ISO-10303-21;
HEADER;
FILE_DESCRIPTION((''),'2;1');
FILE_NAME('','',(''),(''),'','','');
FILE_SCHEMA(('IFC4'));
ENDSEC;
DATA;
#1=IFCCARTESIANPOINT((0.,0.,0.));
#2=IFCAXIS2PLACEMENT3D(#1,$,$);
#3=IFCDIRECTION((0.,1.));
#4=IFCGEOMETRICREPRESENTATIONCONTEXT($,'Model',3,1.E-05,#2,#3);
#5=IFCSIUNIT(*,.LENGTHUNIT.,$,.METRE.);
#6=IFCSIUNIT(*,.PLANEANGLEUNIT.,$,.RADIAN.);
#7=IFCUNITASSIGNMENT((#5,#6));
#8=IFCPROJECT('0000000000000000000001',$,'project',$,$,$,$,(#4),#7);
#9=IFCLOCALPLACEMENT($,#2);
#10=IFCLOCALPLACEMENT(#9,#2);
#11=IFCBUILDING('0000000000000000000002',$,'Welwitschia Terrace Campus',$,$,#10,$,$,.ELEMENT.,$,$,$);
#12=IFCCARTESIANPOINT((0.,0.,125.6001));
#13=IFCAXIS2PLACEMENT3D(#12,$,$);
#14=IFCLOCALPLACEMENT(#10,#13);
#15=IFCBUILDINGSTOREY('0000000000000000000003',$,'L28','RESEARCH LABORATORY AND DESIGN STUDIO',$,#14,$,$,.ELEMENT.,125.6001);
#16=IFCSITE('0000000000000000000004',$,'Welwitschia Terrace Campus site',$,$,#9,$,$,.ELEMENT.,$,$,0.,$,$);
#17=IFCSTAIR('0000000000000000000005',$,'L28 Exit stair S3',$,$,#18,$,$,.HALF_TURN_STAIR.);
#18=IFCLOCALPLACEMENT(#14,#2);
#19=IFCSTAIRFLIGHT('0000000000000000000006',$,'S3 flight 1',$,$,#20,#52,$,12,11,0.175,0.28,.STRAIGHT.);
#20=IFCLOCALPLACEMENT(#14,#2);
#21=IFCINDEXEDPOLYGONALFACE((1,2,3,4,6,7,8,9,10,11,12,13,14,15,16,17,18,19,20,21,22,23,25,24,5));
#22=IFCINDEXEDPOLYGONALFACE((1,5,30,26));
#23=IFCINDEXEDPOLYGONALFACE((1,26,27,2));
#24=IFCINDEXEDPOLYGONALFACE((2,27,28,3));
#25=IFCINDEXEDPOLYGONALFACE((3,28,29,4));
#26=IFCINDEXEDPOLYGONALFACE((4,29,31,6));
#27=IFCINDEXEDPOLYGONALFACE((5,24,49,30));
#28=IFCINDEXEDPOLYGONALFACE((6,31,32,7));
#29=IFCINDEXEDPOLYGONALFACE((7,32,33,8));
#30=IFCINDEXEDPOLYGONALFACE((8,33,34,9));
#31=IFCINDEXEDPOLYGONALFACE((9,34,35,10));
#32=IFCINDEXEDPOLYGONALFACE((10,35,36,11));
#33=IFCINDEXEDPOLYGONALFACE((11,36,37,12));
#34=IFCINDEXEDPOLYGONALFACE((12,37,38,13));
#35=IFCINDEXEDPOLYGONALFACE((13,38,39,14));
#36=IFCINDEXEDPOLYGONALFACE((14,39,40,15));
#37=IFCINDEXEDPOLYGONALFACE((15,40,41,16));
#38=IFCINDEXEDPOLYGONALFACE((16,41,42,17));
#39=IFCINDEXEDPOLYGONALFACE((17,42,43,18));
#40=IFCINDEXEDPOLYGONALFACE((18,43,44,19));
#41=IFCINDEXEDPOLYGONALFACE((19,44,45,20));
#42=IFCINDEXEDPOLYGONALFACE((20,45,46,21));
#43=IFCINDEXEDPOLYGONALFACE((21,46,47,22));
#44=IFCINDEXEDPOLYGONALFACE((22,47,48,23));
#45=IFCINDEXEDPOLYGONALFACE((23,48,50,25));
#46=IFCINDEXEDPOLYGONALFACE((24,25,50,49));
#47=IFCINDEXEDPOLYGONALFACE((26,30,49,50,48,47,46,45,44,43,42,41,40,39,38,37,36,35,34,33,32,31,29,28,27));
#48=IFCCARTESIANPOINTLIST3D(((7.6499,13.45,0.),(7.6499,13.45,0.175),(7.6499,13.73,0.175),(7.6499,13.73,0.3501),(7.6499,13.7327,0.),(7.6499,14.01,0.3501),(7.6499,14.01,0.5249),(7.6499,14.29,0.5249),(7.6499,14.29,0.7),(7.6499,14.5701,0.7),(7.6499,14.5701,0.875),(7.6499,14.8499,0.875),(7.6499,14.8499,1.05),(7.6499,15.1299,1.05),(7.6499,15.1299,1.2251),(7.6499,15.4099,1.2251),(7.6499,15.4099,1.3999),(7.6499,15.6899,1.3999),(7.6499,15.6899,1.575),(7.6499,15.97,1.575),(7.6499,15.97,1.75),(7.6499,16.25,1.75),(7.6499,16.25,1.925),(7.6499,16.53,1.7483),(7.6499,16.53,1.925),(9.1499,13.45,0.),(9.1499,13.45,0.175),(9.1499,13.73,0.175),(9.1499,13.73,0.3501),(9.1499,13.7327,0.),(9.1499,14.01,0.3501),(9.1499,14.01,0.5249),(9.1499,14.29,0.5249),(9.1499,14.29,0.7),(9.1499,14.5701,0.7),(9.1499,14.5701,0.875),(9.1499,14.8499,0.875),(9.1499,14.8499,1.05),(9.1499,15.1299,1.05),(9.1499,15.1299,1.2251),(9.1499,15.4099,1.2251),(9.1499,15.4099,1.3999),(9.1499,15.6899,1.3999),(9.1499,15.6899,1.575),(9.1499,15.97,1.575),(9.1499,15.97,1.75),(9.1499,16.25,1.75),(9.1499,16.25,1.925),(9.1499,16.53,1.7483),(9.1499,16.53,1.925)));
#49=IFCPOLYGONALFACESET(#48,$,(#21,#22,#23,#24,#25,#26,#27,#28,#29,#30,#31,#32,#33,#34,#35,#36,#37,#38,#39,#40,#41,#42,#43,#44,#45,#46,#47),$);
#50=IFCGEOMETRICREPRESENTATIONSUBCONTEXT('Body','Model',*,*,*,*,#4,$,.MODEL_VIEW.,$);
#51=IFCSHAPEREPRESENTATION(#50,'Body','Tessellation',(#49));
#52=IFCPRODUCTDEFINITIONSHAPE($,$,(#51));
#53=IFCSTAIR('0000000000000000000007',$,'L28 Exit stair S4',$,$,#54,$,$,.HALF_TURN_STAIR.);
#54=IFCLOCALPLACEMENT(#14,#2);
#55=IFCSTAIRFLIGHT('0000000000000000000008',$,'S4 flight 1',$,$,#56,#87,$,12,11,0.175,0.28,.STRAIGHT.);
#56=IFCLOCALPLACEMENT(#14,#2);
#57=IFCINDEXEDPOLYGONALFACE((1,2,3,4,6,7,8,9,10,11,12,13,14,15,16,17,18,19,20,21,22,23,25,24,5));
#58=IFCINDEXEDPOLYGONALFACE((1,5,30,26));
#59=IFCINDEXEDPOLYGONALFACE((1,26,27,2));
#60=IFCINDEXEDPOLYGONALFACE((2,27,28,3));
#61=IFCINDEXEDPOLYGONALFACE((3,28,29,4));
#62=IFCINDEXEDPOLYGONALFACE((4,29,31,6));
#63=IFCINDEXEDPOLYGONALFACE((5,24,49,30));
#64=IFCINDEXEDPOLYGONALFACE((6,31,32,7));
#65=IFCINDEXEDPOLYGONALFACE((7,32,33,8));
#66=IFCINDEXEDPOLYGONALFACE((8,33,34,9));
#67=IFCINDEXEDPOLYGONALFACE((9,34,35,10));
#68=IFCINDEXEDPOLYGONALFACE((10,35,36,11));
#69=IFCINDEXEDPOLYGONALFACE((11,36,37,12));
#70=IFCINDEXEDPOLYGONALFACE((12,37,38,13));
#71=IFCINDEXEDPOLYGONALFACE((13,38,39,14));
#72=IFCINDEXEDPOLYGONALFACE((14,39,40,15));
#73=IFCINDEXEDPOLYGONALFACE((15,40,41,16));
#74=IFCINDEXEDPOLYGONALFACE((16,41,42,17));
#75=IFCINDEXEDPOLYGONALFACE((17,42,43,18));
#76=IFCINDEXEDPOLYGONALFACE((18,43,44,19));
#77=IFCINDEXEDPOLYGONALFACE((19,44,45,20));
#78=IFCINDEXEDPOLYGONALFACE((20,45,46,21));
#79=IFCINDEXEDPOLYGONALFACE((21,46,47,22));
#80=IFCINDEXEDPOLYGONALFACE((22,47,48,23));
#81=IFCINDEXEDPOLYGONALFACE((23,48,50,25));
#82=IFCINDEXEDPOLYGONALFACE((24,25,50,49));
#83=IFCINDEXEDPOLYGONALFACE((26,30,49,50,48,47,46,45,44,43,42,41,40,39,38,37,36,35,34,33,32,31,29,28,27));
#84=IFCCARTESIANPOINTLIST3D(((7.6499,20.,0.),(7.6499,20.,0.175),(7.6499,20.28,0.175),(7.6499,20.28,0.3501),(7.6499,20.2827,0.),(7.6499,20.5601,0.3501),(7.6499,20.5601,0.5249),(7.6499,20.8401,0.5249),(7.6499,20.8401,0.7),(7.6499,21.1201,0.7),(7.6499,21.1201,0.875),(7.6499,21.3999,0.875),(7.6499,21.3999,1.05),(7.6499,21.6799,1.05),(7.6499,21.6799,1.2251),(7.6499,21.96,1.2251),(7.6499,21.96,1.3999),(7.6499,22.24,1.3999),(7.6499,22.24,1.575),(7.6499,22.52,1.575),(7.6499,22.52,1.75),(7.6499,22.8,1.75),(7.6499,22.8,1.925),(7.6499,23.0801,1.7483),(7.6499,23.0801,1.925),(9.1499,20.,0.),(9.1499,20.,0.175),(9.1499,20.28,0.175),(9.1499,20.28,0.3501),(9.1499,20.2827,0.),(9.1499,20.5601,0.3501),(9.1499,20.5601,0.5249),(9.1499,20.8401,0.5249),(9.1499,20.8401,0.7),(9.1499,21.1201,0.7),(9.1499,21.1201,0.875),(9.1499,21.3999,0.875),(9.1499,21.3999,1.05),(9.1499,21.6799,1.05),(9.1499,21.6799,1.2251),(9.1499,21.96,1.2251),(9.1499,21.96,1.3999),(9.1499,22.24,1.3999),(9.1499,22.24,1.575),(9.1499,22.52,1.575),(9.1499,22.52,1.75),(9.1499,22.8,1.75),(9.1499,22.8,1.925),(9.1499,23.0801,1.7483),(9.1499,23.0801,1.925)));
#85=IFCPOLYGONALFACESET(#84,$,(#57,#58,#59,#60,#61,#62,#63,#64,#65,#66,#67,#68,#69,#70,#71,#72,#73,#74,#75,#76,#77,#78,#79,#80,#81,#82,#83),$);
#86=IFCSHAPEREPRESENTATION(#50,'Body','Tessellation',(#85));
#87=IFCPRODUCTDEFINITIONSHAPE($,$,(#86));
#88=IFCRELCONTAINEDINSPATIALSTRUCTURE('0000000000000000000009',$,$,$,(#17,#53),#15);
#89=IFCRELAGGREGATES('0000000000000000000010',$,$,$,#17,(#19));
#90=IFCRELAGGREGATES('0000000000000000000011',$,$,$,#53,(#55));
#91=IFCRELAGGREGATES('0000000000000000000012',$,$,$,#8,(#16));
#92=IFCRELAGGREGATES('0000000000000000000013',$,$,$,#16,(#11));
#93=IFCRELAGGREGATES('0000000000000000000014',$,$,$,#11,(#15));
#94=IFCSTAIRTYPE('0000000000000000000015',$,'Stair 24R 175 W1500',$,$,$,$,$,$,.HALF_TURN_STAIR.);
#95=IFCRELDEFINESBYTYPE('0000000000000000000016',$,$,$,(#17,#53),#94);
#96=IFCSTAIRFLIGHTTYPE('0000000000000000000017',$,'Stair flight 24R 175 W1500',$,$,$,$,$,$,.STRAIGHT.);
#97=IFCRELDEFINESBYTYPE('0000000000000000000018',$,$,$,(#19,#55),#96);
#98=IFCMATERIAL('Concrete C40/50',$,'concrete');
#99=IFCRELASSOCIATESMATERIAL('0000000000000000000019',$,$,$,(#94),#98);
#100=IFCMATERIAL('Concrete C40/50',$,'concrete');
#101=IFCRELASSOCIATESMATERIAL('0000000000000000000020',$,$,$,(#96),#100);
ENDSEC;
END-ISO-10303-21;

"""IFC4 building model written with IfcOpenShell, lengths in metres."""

from ifc_helpers import new_model, si_unit, direction, frame, origin, place, context, subcontext, project, spatial, polyline, outline, extrude, material, type_object, element, aggregate, save


model = new_model("IFC4")

# Units and contexts
model_context = context("Model", 3, precision=1e-05, world=origin(), true_north=direction((0.0, 1.0)))
body_context = subcontext(model_context, "Body", "Model", "MODEL_VIEW")
ifc_project = project(units=[si_unit("LENGTHUNIT", "METRE"), si_unit("PLANEANGLEUNIT", "RADIAN")], contexts=[model_context])

# Site, building, storey
site_placement = place(None, origin())
site = spatial("IfcSite", under=ifc_project, at=site_placement, Name="Welwitschia Terrace Campus site", CompositionType="ELEMENT", RefElevation=0.0)
building_placement = place(site_placement, origin())
building = spatial("IfcBuilding", under=site, at=building_placement, Name="Welwitschia Terrace Campus", CompositionType="ELEMENT")
storey_placement = place(building_placement, frame((0.0, 0.0, 125.6001)))
storey = spatial("IfcBuildingStorey", under=building, at=storey_placement, Name="L28", Description="RESEARCH LABORATORY AND DESIGN STUDIO", CompositionType="ELEMENT", Elevation=125.6001)

# Stairs, stair flights
ifc_material_1 = material(Name="Concrete C40/50", Category="concrete")
stair_type = type_object("IfcStairType", Name="Stair 24R 175 W1500", PredefinedType="HALF_TURN_STAIR", material=ifc_material_1)
stair_1_placement = place(storey_placement, origin())
stair_1 = element("IfcStair", 1, at=stair_1_placement, inside=storey, type_object=stair_type, Name="L28 Exit stair S3", PredefinedType="HALF_TURN_STAIR")
ifc_material_2 = material(Name="Concrete C40/50", Category="concrete")
stair_flight_type = type_object("IfcStairFlightType", Name="Stair flight 24R 175 W1500", PredefinedType="STRAIGHT", material=ifc_material_2)
stair_flight_1_placement = place(storey_placement, frame((8.3999, 13.45, 0.0), z_axis=(0.0, 0.0, 1.0), x_axis=(0.0, 1.0, 0.0)))
stair_flight_1 = element("IfcStairFlight", 2, at=stair_flight_1_placement, type_object=stair_flight_type, Name="S3 flight 1", NumberOfRisers=12, NumberOfTreads=11, PredefinedType="STRAIGHT", RiserHeight=0.175, TreadLength=0.28, context=body_context, shape_type="SweptSolid", body=[
    extrude(outline(polyline([(0.0, 0.0), (0.0, 0.175), (0.28, 0.175), (0.28, 0.3501), (0.5601, 0.3501), (0.5601, 0.5249), (0.8401, 0.5249), (0.8401, 0.7), (1.1201, 0.7), (1.1201, 0.875), (1.3999, 0.875), (1.3999, 1.05), (1.6799, 1.05), (1.6799, 1.2251), (1.96, 1.2251), (1.96, 1.3999), (2.24, 1.3999), (2.24, 1.575), (2.52, 1.575), (2.52, 1.75), (2.8, 1.75), (2.8, 1.925), (3.0801, 1.925), (3.0801, 2.1001), (3.0801, 1.7483), (0.2827, 0.0), (0.0, 0.0)])), frame((0.0, 0.75, 0.0), z_axis=(0.0, -1.0, 0.0), x_axis=(1.0, 0.0, 0.0)), (0.0, 0.0, 1.0), 1.5),
])
aggregate(stair_1, [stair_flight_1])
stair_2_placement = place(storey_placement, origin())
stair_2 = element("IfcStair", 3, at=stair_2_placement, inside=storey, type_object=stair_type, Name="L28 Exit stair S4", PredefinedType="HALF_TURN_STAIR")
stair_flight_2_placement = place(storey_placement, frame((8.3999, 20.0, 0.0), z_axis=(0.0, 0.0, 1.0), x_axis=(0.0, 1.0, 0.0)))
stair_flight_2 = element("IfcStairFlight", 4, at=stair_flight_2_placement, type_object=stair_flight_type, Name="S4 flight 1", NumberOfRisers=12, NumberOfTreads=11, PredefinedType="STRAIGHT", RiserHeight=0.175, TreadLength=0.28, context=body_context, shape_type="SweptSolid", body=[
    extrude(outline(polyline([(0.0, 0.0), (0.0, 0.175), (0.28, 0.175), (0.28, 0.3501), (0.5601, 0.3501), (0.5601, 0.5249), (0.8401, 0.5249), (0.8401, 0.7), (1.1201, 0.7), (1.1201, 0.875), (1.3999, 0.875), (1.3999, 1.05), (1.6799, 1.05), (1.6799, 1.2251), (1.96, 1.2251), (1.96, 1.3999), (2.24, 1.3999), (2.24, 1.575), (2.52, 1.575), (2.52, 1.75), (2.8, 1.75), (2.8, 1.925), (3.0801, 1.925), (3.0801, 2.1001), (3.0801, 1.7483), (0.2827, 0.0), (0.0, 0.0)])), frame((0.0, 0.75, 0.0), z_axis=(0.0, -1.0, 0.0), x_axis=(1.0, 0.0, 0.0)), (0.0, 0.0, 1.0), 1.5),
])
aggregate(stair_2, [stair_flight_2])

save(model, "model.ifc")
